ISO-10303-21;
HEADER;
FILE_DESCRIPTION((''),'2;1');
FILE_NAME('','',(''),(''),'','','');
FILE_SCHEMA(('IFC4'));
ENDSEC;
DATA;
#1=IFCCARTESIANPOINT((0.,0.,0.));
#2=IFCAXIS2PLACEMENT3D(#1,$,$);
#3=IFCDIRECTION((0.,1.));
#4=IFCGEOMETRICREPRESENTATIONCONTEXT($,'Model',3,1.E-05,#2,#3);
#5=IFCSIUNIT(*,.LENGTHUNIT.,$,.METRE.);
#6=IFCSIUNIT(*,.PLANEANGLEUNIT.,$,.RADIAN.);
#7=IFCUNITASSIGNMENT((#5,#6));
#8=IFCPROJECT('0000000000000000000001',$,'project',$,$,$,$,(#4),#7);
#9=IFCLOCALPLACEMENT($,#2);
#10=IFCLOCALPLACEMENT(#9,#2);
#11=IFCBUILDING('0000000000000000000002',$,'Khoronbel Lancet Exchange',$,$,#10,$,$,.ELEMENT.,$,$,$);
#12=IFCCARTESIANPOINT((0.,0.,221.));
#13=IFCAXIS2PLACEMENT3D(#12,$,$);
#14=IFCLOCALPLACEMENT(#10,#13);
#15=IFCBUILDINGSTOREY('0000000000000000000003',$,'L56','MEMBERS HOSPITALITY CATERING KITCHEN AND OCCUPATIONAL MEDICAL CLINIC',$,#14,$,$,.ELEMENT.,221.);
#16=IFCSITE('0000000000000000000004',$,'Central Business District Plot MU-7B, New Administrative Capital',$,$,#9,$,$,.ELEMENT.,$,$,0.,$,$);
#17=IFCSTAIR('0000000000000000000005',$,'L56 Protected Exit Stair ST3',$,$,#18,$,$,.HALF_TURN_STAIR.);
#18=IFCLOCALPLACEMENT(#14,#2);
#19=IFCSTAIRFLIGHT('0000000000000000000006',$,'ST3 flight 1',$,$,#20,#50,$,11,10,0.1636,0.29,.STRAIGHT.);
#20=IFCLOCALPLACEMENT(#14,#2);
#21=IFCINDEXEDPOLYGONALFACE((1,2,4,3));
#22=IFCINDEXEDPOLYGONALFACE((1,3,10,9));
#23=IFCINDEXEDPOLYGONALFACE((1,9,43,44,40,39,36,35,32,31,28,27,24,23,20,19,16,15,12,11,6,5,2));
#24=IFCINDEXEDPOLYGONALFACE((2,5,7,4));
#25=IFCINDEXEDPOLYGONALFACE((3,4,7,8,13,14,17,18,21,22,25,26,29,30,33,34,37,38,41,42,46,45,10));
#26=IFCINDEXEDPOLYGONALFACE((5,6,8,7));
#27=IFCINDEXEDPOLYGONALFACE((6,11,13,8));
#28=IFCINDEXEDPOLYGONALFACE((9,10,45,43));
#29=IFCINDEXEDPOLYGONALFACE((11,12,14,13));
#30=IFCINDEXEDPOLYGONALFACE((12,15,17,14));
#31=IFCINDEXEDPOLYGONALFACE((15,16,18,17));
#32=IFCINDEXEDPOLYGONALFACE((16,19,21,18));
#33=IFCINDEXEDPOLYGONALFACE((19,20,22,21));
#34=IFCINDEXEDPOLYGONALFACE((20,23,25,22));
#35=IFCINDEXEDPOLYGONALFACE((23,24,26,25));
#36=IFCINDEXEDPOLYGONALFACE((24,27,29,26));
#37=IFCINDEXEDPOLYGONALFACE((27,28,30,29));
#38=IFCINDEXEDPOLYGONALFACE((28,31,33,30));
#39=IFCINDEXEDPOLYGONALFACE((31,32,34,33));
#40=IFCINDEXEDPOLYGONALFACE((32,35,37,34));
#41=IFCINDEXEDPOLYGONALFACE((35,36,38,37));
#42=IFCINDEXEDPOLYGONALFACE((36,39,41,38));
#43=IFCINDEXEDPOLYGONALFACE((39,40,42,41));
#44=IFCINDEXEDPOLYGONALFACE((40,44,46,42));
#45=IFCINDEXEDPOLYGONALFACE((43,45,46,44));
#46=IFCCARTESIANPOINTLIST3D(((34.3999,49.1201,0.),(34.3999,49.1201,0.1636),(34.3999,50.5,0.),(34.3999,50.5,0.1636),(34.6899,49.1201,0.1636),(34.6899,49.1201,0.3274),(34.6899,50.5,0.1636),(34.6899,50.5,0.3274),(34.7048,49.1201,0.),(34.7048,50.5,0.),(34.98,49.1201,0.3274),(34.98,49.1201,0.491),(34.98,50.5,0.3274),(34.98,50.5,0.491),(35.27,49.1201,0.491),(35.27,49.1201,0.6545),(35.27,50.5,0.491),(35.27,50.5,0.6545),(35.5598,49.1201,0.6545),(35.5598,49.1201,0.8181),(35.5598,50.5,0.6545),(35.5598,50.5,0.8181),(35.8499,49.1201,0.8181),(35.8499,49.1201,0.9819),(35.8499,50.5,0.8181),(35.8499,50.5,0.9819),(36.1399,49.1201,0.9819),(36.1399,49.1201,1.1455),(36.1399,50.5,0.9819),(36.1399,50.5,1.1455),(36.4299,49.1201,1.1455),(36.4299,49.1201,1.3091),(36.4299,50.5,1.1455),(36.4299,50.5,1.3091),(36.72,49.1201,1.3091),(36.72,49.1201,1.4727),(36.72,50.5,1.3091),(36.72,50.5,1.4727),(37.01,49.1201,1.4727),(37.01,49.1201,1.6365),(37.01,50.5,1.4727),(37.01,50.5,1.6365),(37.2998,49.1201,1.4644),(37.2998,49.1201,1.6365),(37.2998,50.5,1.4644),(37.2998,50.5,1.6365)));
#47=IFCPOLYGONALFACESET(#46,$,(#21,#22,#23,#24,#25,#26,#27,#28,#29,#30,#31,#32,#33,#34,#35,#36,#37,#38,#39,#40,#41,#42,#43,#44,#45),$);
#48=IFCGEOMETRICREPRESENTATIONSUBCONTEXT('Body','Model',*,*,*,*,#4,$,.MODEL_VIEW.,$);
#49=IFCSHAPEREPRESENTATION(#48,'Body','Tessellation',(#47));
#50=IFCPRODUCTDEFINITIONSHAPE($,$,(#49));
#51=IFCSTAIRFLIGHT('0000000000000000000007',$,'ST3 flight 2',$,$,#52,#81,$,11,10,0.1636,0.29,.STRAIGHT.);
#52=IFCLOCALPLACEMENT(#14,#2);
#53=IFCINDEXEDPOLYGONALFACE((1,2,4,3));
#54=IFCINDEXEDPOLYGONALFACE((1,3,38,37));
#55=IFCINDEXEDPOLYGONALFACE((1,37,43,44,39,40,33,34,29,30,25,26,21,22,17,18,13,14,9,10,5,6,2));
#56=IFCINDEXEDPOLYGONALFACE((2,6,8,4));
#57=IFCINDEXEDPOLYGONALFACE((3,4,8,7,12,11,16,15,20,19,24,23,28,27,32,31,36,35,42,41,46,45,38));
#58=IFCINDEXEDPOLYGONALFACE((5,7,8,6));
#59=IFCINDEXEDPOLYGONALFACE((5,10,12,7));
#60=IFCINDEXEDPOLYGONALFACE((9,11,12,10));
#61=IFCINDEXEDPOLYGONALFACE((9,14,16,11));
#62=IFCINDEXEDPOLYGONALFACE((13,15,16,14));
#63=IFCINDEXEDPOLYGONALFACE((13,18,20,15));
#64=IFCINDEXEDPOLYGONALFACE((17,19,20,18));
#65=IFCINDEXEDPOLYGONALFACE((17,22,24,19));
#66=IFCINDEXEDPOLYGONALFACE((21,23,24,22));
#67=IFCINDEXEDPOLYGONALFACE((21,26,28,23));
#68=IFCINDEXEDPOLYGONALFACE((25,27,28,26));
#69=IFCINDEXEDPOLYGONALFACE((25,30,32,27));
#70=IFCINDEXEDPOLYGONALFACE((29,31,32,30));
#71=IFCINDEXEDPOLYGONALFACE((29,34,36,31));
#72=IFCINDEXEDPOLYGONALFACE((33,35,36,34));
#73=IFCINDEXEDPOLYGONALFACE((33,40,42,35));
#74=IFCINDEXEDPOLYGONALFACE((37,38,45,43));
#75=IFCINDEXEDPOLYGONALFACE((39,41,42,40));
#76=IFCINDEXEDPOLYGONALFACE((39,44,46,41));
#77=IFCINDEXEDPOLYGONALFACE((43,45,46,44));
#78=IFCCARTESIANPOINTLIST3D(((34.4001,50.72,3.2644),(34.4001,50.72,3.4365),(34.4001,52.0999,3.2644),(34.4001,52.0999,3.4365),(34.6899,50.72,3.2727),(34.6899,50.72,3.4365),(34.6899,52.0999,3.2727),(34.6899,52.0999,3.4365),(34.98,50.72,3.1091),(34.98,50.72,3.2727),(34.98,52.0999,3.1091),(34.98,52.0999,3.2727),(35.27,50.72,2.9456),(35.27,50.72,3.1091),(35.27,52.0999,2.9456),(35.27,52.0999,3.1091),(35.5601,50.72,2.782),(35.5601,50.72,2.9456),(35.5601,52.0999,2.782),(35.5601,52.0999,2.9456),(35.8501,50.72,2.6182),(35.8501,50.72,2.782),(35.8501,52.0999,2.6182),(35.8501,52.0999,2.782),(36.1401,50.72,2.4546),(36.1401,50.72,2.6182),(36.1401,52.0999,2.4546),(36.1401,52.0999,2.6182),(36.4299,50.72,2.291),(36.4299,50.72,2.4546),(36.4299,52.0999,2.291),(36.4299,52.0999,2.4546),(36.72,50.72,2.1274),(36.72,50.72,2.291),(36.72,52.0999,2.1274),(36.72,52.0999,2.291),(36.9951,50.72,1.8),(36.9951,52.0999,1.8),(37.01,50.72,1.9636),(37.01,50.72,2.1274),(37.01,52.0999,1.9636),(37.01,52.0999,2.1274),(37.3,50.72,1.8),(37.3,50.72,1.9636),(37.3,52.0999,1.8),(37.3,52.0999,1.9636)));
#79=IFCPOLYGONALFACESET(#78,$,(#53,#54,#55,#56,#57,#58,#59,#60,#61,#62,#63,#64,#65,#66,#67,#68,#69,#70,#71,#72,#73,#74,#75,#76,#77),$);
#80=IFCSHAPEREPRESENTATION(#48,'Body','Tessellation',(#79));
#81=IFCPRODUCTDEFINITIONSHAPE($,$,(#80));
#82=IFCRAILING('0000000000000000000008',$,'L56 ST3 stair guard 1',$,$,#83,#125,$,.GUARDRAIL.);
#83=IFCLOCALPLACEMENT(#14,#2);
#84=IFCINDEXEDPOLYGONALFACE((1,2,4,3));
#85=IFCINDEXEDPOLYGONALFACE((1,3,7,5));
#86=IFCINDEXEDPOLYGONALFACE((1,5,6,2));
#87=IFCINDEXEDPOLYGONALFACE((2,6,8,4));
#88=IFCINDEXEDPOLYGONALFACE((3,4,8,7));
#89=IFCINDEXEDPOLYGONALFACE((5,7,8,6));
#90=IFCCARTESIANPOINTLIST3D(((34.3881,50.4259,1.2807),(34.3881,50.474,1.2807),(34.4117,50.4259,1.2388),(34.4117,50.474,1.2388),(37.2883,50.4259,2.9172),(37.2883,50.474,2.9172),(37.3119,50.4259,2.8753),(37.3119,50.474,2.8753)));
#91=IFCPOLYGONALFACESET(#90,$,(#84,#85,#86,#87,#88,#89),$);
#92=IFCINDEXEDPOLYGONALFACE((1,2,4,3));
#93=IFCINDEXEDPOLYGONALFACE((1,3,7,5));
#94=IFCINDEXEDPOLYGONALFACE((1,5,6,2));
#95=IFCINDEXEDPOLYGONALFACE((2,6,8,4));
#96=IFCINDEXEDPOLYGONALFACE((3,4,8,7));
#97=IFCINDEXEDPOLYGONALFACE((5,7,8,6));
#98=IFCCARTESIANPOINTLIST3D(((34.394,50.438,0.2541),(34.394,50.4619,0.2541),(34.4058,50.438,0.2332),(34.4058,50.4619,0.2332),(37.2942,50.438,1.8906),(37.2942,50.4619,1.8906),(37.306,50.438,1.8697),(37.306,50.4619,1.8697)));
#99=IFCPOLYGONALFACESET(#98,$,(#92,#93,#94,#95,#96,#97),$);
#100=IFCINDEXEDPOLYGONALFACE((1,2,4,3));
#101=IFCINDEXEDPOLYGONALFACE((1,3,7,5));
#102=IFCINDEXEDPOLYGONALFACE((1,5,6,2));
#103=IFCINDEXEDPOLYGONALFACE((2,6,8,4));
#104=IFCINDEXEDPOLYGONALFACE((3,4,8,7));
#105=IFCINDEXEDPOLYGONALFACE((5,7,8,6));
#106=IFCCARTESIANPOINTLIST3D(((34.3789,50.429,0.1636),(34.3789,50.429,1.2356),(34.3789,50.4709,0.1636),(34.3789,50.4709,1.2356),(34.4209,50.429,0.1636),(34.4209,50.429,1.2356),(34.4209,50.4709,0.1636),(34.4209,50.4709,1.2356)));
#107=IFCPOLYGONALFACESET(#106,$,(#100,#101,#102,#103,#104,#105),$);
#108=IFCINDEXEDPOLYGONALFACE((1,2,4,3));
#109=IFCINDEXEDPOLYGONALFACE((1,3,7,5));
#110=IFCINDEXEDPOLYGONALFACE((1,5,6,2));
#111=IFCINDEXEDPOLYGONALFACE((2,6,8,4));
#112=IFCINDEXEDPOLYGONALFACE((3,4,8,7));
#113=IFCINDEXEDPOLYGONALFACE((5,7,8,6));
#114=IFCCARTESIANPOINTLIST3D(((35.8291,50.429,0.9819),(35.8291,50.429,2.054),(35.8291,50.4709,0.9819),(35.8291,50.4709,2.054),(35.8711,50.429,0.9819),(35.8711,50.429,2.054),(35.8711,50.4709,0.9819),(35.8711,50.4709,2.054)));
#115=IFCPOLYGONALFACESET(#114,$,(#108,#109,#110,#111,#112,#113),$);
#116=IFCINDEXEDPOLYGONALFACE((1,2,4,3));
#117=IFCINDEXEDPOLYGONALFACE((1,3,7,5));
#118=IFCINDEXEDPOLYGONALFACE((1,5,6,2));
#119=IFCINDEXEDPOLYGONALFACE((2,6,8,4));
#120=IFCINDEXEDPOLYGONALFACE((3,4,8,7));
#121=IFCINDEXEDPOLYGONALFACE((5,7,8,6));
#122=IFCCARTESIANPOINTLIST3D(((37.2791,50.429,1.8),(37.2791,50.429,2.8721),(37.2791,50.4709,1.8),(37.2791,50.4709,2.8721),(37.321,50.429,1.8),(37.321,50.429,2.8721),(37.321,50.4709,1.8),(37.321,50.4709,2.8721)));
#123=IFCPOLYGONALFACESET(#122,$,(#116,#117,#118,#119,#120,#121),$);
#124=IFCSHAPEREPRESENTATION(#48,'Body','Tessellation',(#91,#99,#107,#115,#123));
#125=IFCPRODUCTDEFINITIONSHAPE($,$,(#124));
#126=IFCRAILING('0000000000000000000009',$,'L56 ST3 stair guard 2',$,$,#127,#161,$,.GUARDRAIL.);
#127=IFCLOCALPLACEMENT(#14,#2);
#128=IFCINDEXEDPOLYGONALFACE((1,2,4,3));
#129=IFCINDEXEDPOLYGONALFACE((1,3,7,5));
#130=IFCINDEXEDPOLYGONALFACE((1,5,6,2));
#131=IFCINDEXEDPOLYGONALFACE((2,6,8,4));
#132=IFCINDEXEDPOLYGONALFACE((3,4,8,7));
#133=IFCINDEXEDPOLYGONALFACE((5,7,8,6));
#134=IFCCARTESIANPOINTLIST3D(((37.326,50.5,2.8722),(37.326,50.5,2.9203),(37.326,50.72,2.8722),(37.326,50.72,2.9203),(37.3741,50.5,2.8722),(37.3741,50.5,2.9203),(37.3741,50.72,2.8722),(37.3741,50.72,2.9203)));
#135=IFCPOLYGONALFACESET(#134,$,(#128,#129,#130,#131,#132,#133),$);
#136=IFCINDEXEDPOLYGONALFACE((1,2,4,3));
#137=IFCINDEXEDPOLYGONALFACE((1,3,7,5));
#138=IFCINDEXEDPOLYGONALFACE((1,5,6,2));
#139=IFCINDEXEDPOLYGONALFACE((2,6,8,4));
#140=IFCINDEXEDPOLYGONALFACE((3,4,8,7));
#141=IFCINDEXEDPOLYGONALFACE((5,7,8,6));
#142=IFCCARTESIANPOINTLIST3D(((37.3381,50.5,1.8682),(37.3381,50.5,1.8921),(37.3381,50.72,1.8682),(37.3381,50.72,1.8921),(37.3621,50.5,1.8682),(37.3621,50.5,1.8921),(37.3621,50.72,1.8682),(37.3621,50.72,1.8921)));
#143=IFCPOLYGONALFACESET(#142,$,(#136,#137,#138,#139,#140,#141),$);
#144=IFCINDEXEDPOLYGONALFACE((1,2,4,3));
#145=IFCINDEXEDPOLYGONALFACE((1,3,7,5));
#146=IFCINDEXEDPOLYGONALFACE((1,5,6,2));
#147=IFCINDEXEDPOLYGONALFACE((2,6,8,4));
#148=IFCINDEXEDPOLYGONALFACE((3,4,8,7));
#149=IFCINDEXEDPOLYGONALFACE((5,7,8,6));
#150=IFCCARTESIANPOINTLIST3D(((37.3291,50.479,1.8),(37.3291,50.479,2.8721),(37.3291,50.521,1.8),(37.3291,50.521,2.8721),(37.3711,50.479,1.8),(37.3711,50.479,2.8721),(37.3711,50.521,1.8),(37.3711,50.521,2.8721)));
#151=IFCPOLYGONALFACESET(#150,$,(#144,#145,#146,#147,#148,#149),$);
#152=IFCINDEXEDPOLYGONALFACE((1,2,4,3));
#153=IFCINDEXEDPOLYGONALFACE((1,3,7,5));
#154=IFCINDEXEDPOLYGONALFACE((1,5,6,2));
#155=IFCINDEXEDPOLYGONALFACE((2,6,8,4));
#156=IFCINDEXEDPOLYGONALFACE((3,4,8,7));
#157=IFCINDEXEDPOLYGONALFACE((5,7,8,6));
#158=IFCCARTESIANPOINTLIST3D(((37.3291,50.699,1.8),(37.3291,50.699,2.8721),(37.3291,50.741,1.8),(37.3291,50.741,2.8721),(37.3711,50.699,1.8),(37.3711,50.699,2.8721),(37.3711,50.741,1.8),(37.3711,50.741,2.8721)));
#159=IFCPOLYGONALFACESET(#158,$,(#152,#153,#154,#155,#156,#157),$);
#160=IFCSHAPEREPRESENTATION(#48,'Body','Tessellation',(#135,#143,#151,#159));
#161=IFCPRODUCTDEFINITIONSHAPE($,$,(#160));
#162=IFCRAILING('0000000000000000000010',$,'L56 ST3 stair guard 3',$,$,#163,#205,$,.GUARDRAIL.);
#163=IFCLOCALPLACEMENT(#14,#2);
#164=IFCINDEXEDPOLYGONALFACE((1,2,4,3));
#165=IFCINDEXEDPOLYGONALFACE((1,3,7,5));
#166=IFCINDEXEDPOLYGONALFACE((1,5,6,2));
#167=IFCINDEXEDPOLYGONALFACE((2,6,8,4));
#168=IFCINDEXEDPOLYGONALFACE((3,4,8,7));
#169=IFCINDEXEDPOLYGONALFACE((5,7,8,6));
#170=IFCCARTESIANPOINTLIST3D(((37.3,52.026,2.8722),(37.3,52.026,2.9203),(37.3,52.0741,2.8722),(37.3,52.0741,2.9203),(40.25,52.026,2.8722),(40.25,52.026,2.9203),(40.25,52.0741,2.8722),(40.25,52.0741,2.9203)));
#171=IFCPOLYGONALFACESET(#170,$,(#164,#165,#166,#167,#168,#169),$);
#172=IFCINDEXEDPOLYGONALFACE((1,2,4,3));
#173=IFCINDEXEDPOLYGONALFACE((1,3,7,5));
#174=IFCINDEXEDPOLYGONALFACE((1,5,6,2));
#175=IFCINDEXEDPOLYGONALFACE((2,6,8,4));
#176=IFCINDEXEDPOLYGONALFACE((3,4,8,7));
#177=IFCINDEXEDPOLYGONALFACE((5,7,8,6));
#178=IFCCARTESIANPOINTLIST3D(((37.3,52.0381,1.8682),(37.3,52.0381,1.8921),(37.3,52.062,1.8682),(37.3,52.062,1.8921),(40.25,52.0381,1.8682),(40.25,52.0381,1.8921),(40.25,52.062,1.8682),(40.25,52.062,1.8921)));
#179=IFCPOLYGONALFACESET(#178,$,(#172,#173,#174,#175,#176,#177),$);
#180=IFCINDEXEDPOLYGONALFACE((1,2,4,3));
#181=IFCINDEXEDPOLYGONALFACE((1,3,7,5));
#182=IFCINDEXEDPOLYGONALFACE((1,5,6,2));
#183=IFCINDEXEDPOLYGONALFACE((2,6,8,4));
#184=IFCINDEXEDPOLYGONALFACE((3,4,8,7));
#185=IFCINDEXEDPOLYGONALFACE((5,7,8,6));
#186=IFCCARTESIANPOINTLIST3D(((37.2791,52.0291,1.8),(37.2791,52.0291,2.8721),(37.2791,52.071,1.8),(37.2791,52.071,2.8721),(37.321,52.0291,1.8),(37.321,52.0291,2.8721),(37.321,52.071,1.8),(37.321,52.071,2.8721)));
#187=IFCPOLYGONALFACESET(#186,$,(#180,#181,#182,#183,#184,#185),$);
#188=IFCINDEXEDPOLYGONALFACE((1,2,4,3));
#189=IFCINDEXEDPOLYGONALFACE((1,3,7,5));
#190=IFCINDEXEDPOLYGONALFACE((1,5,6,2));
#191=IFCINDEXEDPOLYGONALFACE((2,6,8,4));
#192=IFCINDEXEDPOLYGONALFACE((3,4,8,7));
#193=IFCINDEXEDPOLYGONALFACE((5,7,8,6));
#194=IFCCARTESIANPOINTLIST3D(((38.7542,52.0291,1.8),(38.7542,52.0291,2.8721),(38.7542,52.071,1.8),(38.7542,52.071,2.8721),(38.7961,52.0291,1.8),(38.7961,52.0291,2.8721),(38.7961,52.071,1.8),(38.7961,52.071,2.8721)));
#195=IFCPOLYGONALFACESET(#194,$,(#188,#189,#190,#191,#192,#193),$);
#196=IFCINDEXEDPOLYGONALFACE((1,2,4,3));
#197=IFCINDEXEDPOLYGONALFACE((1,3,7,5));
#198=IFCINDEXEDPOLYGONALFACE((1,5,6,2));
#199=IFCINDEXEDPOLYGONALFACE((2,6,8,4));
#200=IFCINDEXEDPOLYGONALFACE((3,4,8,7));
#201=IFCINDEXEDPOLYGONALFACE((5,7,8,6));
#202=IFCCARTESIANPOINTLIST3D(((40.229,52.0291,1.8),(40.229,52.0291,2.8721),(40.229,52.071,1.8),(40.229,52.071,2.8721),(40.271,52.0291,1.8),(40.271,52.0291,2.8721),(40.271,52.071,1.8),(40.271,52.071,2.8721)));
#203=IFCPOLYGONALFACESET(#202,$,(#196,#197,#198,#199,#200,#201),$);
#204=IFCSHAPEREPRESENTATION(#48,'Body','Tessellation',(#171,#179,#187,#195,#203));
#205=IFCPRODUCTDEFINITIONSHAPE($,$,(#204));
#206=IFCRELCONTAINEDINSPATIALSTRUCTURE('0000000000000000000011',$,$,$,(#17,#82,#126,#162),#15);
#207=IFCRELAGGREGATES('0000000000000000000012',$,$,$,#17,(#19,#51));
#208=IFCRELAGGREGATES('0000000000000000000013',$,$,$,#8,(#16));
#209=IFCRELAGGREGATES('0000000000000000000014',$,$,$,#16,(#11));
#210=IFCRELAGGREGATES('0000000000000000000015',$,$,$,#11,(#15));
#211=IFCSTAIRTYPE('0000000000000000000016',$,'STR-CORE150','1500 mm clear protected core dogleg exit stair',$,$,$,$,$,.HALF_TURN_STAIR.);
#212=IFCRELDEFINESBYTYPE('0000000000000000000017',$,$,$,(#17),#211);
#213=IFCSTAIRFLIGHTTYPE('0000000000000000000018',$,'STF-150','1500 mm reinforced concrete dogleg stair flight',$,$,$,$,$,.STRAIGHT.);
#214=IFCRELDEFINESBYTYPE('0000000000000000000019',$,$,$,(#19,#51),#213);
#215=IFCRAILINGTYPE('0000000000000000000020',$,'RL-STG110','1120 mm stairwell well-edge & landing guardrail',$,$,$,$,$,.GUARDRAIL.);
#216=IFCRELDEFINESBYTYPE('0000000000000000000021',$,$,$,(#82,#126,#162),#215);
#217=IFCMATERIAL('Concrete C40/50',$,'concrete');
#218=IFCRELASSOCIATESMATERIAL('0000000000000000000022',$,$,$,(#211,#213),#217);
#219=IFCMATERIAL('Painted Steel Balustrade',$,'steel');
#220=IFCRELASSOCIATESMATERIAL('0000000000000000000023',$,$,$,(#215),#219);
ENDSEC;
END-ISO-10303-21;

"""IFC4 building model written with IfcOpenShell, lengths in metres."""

from ifc_helpers import new_model, si_unit, direction, frame, origin, origin_2d, place, context, subcontext, project, spatial, polyline, rectangle, outline, extrude, material, type_object, element, aggregate, save


model = new_model("IFC4")

# Units and contexts
model_context = context("Model", 3, precision=1e-05, world=origin(), true_north=direction((0.0, 1.0)))
body_context = subcontext(model_context, "Body", "Model", "MODEL_VIEW")
ifc_project = project(units=[si_unit("LENGTHUNIT", "METRE"), si_unit("PLANEANGLEUNIT", "RADIAN")], contexts=[model_context])

# Site, building, storey
site_placement = place(None, origin())
site = spatial("IfcSite", under=ifc_project, at=site_placement, Name="Central Business District Plot MU-7B, New Administrative Capital", CompositionType="ELEMENT", RefElevation=0.0)
building_placement = place(site_placement, origin())
building = spatial("IfcBuilding", under=site, at=building_placement, Name="Khoronbel Lancet Exchange", CompositionType="ELEMENT")
storey_placement = place(building_placement, frame((0.0, 0.0, 221.0)))
storey = spatial("IfcBuildingStorey", under=building, at=storey_placement, Name="L56", Description="MEMBERS HOSPITALITY CATERING KITCHEN AND OCCUPATIONAL MEDICAL CLINIC", CompositionType="ELEMENT", Elevation=221.0)

# Stair, stair flights
ifc_material_1 = material(Name="Concrete C40/50", Category="concrete")
stair_type = type_object("IfcStairType", Name="STR-CORE150", Description="1500 mm clear protected core dogleg exit stair", PredefinedType="HALF_TURN_STAIR", material=ifc_material_1)
stair_placement = place(storey_placement, origin())
stair = element("IfcStair", 1, at=stair_placement, inside=storey, type_object=stair_type, Name="L56 Protected Exit Stair ST3", PredefinedType="HALF_TURN_STAIR")
stair_flight_type = type_object("IfcStairFlightType", Name="STF-150", Description="1500 mm reinforced concrete dogleg stair flight", PredefinedType="STRAIGHT", material=ifc_material_1)
stair_flight_1_placement = place(storey_placement, frame((34.3999, 49.8101, 0.0), z_axis=(0.0, 0.0, 1.0), x_axis=(1.0, 0.0, 0.0)))
stair_flight_1 = element("IfcStairFlight", 2, at=stair_flight_1_placement, type_object=stair_flight_type, Name="ST3 flight 1", NumberOfRisers=11, NumberOfTreads=10, PredefinedType="STRAIGHT", RiserHeight=0.1636, TreadLength=0.29, context=body_context, shape_type="SweptSolid", body=[
    extrude(outline(polyline([(0.0, 0.0), (0.0, 0.1636), (0.29, 0.1636), (0.29, 0.3274), (0.5801, 0.3274), (0.5801, 0.491), (0.8701, 0.491), (0.8701, 0.6545), (1.1599, 0.6545), (1.1599, 0.8181), (1.45, 0.8181), (1.45, 0.9819), (1.74, 0.9819), (1.74, 1.1455), (2.03, 1.1455), (2.03, 1.3091), (2.3201, 1.3091), (2.3201, 1.4727), (2.6101, 1.4727), (2.6101, 1.6365), (2.8999, 1.6365), (2.8999, 1.8), (2.8999, 1.4644), (0.3049, 0.0), (0.0, 0.0)])), frame((0.0, 0.6899, 0.0), z_axis=(0.0, -1.0, 0.0), x_axis=(1.0, 0.0, 0.0)), (0.0, 0.0, 1.0), 1.3799),
])
stair_flight_2_placement = place(storey_placement, frame((37.3, 51.4099, 1.8), z_axis=(0.0, 0.0, 1.0), x_axis=(-1.0, 0.0, 0.0)))
stair_flight_2 = element("IfcStairFlight", 3, at=stair_flight_2_placement, type_object=stair_flight_type, Name="ST3 flight 2", NumberOfRisers=11, NumberOfTreads=10, PredefinedType="STRAIGHT", RiserHeight=0.1636, TreadLength=0.29, context=body_context, shape_type="SweptSolid", body=[
    extrude(outline(polyline([(0.0, 0.0), (0.0, 0.1636), (0.29, 0.1636), (0.29, 0.3274), (0.5801, 0.3274), (0.5801, 0.491), (0.8701, 0.491), (0.8701, 0.6545), (1.1599, 0.6545), (1.1599, 0.8181), (1.45, 0.8181), (1.45, 0.9819), (1.74, 0.9819), (1.74, 1.1455), (2.03, 1.1455), (2.03, 1.3091), (2.3201, 1.3091), (2.3201, 1.4727), (2.6101, 1.4727), (2.6101, 1.6365), (2.8999, 1.6365), (2.8999, 1.8), (2.8999, 1.4644), (0.3049, 0.0), (0.0, 0.0)])), frame((0.0, 0.6899, 0.0), z_axis=(0.0, -1.0, 0.0), x_axis=(1.0, 0.0, 0.0)), (0.0, 0.0, 1.0), 1.3799),
])
aggregate(stair, [stair_flight_1, stair_flight_2])

# Railings
ifc_material_2 = material(Name="Painted Steel Balustrade", Category="steel")
railing_type_1 = type_object("IfcRailingType", Name="RL-STG110", Description="1120 mm stairwell well-edge & landing guardrail", PredefinedType="GUARDRAIL", material=ifc_material_2)
railing_1_placement = place(storey_placement, frame((34.3999, 50.45, 0.1636)))
element("IfcRailing", 4, at=railing_1_placement, inside=storey, type_object=railing_type_1, Name="L56 ST3 stair guard 1", PredefinedType="GUARDRAIL", context=body_context, shape_type="SweptSolid", body=[
    extrude(rectangle(XDim=0.0481, YDim=0.0481, at=origin_2d()), frame((0.0, 0.0, 1.0962), z_axis=(0.870915, 0.0, 0.491434), x_axis=(0.0, 1.0, 0.0)), (0.0, 0.0, 1.0), 3.3301),
    extrude(rectangle(XDim=0.0239, YDim=0.0239, at=origin_2d()), frame((0.0, 0.0, 0.0801), z_axis=(0.870915, 0.0, 0.491434), x_axis=(0.0, 1.0, 0.0)), (0.0, 0.0, 1.0), 3.3301),
    extrude(rectangle(XDim=0.042, YDim=0.042, at=origin_2d()), origin(), (0.0, 0.0, 1.0), 1.072),
    extrude(rectangle(XDim=0.042, YDim=0.042, at=origin_2d()), frame((1.4502, 0.0, 0.8184)), (0.0, 0.0, 1.0), 1.072),
    extrude(rectangle(XDim=0.042, YDim=0.042, at=origin_2d()), frame((2.9001, 0.0, 1.6365)), (0.0, 0.0, 1.0), 1.072),
])
railing_2_placement = place(storey_placement, frame((37.3501, 50.5, 1.8)))
element("IfcRailing", 5, at=railing_2_placement, inside=storey, type_object=railing_type_1, Name="L56 ST3 stair guard 2", PredefinedType="GUARDRAIL", context=body_context, shape_type="SweptSolid", body=[
    extrude(rectangle(XDim=0.0481, YDim=0.0481, at=origin_2d()), frame((0.0, 0.0, 1.0962), z_axis=(0.0, 1.0, 0.0), x_axis=(-1.0, 0.0, 0.0)), (0.0, 0.0, 1.0), 0.22),
    extrude(rectangle(XDim=0.0239, YDim=0.0239, at=origin_2d()), frame((0.0, 0.0, 0.0801), z_axis=(0.0, 1.0, 0.0), x_axis=(-1.0, 0.0, 0.0)), (0.0, 0.0, 1.0), 0.22),
    extrude(rectangle(XDim=0.042, YDim=0.042, at=origin_2d()), origin(), (0.0, 0.0, 1.0), 1.072),
    extrude(rectangle(XDim=0.042, YDim=0.042, at=origin_2d()), frame((0.0, 0.22, 0.0)), (0.0, 0.0, 1.0), 1.072),
])
railing_3_placement = place(storey_placement, frame((37.3, 52.05, 1.8)))
element("IfcRailing", 6, at=railing_3_placement, inside=storey, type_object=railing_type_1, Name="L56 ST3 stair guard 3", PredefinedType="GUARDRAIL", context=body_context, shape_type="SweptSolid", body=[
    extrude(rectangle(XDim=0.0481, YDim=0.0481, at=origin_2d()), frame((0.0, 0.0, 1.0962), z_axis=(1.0, 0.0, 0.0), x_axis=(0.0, 1.0, 0.0)), (0.0, 0.0, 1.0), 2.95),
    extrude(rectangle(XDim=0.0239, YDim=0.0239, at=origin_2d()), frame((0.0, 0.0, 0.0801), z_axis=(1.0, 0.0, 0.0), x_axis=(0.0, 1.0, 0.0)), (0.0, 0.0, 1.0), 2.95),
    extrude(rectangle(XDim=0.042, YDim=0.042, at=origin_2d()), origin(), (0.0, 0.0, 1.0), 1.072),
    extrude(rectangle(XDim=0.042, YDim=0.042, at=origin_2d()), frame((1.4751, 0.0, 0.0)), (0.0, 0.0, 1.0), 1.072),
    extrude(rectangle(XDim=0.042, YDim=0.042, at=origin_2d()), frame((2.95, 0.0, 0.0)), (0.0, 0.0, 1.0), 1.072),
])

save(model, "model.ifc")
